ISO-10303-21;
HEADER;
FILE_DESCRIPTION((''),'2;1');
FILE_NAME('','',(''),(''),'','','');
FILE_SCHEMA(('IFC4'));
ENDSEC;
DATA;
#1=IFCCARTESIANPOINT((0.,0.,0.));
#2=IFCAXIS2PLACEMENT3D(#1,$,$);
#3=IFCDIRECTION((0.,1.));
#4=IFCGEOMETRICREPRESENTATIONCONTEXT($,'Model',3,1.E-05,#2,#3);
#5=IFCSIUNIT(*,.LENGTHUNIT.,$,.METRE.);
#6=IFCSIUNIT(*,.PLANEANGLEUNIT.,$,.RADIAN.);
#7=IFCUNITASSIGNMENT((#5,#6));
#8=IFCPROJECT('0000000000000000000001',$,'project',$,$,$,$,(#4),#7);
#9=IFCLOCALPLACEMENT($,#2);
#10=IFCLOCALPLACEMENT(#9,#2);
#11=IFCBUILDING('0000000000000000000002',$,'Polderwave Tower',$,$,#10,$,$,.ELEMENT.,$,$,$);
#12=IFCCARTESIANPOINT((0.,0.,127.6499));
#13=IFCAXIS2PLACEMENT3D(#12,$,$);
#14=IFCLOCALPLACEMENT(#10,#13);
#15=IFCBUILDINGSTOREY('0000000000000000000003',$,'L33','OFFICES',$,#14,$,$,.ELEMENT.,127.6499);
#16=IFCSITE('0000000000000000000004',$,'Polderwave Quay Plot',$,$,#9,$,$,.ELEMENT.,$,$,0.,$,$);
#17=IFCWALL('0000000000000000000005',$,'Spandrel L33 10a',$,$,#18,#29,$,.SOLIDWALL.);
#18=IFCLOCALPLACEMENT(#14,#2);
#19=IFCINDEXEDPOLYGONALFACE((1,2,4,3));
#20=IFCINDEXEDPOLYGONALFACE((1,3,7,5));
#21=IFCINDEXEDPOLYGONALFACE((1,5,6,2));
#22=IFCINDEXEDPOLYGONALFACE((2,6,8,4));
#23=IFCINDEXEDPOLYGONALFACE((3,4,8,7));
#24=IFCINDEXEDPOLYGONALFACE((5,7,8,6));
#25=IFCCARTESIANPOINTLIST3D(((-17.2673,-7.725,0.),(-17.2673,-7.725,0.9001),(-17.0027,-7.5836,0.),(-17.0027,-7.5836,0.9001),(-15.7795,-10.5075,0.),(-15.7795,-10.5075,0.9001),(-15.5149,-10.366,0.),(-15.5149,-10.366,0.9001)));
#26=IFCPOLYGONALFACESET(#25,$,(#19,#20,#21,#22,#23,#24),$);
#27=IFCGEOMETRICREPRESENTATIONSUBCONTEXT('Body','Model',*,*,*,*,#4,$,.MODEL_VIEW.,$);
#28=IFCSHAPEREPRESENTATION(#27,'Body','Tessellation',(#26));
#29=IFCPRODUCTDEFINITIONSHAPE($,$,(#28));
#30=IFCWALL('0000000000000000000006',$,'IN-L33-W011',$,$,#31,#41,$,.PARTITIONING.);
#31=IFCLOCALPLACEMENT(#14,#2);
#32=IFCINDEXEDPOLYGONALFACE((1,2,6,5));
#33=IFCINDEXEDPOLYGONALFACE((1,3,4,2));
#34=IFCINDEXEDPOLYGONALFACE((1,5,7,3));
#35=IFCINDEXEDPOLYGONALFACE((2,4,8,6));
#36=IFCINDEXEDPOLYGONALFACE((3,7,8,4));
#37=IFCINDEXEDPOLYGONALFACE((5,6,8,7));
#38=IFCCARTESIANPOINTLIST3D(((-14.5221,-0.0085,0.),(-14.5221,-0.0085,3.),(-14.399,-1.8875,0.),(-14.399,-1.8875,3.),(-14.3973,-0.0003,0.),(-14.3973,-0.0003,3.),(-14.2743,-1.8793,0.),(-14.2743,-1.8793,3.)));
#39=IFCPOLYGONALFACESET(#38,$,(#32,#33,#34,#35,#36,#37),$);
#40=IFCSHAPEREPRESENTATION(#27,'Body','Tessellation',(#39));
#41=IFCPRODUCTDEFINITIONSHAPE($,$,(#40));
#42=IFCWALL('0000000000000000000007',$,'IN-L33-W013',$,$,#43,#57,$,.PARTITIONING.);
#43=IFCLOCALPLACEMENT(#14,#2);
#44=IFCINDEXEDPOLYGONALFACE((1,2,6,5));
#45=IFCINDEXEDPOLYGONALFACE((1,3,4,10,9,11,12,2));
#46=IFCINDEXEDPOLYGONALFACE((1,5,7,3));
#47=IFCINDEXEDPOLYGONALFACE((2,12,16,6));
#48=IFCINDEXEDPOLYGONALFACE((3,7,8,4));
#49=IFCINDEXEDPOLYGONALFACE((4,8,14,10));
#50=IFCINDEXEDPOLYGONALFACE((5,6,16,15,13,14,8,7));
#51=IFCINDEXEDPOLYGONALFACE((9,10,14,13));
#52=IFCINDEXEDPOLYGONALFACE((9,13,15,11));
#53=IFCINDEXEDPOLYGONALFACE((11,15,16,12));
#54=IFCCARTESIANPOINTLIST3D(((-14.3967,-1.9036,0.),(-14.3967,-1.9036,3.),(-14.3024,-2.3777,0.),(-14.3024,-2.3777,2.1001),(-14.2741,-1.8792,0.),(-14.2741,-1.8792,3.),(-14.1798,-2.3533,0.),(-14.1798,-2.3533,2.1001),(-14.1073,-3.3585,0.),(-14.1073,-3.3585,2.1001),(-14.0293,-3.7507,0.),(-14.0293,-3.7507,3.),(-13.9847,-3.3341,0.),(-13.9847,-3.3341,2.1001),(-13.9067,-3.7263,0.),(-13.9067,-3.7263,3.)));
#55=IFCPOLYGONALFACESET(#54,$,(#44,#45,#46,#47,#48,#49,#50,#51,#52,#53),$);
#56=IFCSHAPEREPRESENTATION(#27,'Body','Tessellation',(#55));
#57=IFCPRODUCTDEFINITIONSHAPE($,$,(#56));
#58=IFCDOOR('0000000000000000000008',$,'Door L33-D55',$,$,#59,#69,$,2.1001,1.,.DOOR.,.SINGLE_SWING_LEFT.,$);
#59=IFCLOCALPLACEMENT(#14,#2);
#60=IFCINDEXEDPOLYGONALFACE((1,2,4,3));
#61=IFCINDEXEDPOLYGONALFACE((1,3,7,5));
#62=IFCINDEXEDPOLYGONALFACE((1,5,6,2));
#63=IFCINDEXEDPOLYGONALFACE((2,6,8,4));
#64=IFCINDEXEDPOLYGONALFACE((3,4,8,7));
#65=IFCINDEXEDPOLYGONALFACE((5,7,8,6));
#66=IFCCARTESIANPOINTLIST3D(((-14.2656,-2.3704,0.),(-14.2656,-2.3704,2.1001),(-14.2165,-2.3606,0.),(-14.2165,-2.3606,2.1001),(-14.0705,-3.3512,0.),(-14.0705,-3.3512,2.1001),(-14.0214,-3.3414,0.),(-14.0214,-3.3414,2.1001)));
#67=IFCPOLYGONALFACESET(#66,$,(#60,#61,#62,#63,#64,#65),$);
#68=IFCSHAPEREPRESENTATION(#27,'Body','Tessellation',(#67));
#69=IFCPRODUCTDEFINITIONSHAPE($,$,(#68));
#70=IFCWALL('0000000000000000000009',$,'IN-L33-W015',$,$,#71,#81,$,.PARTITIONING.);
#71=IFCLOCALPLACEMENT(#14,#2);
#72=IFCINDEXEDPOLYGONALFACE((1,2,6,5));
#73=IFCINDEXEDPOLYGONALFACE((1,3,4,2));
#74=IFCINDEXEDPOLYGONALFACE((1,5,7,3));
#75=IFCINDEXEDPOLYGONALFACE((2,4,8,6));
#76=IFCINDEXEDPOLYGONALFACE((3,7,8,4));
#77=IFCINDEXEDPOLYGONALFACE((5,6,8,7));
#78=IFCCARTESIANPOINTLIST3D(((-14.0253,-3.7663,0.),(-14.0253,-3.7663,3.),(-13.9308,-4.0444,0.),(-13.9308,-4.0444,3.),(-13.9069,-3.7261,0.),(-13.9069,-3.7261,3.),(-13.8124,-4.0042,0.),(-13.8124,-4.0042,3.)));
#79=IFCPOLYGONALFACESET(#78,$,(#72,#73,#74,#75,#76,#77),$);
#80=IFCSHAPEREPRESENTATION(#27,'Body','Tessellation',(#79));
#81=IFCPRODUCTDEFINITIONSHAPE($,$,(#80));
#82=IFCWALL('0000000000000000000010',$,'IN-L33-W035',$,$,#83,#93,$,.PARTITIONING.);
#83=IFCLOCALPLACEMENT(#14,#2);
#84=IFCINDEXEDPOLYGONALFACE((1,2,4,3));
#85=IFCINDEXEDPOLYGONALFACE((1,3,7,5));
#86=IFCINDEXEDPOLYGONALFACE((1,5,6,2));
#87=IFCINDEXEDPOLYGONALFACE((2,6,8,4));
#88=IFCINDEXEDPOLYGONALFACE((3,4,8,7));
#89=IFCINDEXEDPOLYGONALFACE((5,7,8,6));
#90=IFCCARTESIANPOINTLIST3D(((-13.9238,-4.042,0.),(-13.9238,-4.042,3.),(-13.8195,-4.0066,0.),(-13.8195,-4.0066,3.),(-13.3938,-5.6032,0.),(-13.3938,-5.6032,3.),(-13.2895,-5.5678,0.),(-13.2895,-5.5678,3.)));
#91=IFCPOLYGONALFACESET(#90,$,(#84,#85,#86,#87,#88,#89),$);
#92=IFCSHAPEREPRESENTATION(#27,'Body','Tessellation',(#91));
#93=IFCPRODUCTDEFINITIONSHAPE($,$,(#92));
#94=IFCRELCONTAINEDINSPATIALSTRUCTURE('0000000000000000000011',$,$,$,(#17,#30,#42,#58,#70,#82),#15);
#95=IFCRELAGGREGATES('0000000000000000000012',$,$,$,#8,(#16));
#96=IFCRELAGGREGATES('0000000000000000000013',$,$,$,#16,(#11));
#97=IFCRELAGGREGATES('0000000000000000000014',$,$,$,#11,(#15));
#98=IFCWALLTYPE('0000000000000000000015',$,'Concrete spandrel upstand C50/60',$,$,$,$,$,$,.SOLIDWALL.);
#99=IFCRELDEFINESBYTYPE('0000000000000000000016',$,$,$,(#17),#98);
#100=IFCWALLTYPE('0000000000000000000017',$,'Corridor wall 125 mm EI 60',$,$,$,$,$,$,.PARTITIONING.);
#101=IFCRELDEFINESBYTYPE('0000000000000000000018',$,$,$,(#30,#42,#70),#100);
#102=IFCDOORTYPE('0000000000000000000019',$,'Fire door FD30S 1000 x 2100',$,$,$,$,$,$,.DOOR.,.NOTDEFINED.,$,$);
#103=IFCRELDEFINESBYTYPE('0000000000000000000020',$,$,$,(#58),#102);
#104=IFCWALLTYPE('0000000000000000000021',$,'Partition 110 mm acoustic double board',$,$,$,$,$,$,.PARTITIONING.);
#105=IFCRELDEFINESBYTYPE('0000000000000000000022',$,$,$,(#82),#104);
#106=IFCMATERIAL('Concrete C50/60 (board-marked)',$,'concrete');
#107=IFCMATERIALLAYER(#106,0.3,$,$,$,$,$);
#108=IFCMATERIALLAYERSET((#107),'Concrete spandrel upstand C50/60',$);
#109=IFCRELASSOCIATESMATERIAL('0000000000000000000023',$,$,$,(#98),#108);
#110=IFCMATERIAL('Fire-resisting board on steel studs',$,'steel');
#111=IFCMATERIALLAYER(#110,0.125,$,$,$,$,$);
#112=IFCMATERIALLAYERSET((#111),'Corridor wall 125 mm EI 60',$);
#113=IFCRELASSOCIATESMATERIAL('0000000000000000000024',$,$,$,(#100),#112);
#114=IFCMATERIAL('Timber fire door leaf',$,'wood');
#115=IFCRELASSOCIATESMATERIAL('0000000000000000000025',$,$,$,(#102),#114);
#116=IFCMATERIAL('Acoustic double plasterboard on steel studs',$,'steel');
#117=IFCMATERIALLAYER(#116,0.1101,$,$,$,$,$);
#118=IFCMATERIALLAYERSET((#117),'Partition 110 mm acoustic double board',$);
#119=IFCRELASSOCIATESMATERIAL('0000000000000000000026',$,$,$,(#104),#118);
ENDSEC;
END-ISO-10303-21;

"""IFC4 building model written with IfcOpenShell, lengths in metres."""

from ifc_helpers import new_model, si_unit, direction, frame, frame_2d, origin, place, context, subcontext, project, spatial, rectangle, extrude, material, layer, layer_set, type_object, element, fill, save


model = new_model("IFC4")

# Units and contexts
model_context = context("Model", 3, precision=1e-05, world=origin(), true_north=direction((0.0, 1.0)))
body_context = subcontext(model_context, "Body", "Model", "MODEL_VIEW")
ifc_project = project(units=[si_unit("LENGTHUNIT", "METRE"), si_unit("PLANEANGLEUNIT", "RADIAN")], contexts=[model_context])

# Site, building, storey
site_placement = place(None, origin())
site = spatial("IfcSite", under=ifc_project, at=site_placement, Name="Polderwave Quay Plot", CompositionType="ELEMENT", RefElevation=0.0)
building_placement = place(site_placement, origin())
building = spatial("IfcBuilding", under=site, at=building_placement, Name="Polderwave Tower", CompositionType="ELEMENT")
storey_placement = place(building_placement, frame((0.0, 0.0, 127.6499)))
storey = spatial("IfcBuildingStorey", under=building, at=storey_placement, Name="L33", Description="OFFICES", CompositionType="ELEMENT", Elevation=127.6499)

# Walls
ifc_material_1 = material(Name="Concrete C50/60 (board-marked)", Category="concrete")
ifc_layer_1 = layer(ifc_material_1, 0.3)
ifc_layer_set_1 = layer_set([ifc_layer_1], Name="Concrete spandrel upstand C50/60")
wall_type_1 = type_object("IfcWallType", Name="Concrete spandrel upstand C50/60", PredefinedType="SOLIDWALL", material=ifc_layer_set_1)
wall_1_placement = place(storey_placement, frame((-17.135, -7.6543, 0.0), z_axis=(0.0, 0.0, 1.0), x_axis=(0.471528, -0.881851, 0.0)))
element("IfcWall", 1, at=wall_1_placement, inside=storey, type_object=wall_type_1, Name="Spandrel L33 10a", PredefinedType="SOLIDWALL", context=body_context, shape_type="SweptSolid", body=[
    extrude(rectangle(XDim=3.1553, YDim=0.3, at=frame_2d((1.5776, 0.0))), origin(), (0.0, 0.0, 1.0), 0.9001),
])
ifc_material_2 = material(Name="Fire-resisting board on steel studs", Category="steel")
ifc_layer_2 = layer(ifc_material_2, 0.125)
ifc_layer_set_2 = layer_set([ifc_layer_2], Name="Corridor wall 125 mm EI 60")
wall_type_2 = type_object("IfcWallType", Name="Corridor wall 125 mm EI 60", PredefinedType="PARTITIONING", material=ifc_layer_set_2)
wall_2_placement = place(storey_placement, frame((-14.3367, -1.8833, 0.0), z_axis=(0.0, 0.0, 1.0), x_axis=(-0.06534, 0.997863, 0.0)))
element("IfcWall", 2, at=wall_2_placement, inside=storey, type_object=wall_type_2, Name="IN-L33-W011", PredefinedType="PARTITIONING", context=body_context, shape_type="SweptSolid", body=[
    extrude(rectangle(XDim=1.8831, YDim=0.125, at=frame_2d((0.9414, 0.0))), origin(), (0.0, 0.0, 1.0), 3.0),
])

# Wall, opening, door
wall_3_placement = place(storey_placement, frame((-13.968, -3.7385, 0.0), z_axis=(0.0, 0.0, 1.0), x_axis=(-0.195094, 0.980785, 0.0)))
wall_3 = element("IfcWall", 3, at=wall_3_placement, inside=storey, type_object=wall_type_2, Name="IN-L33-W013", PredefinedType="PARTITIONING", context=body_context, shape_type="SweptSolid", body=[
    extrude(rectangle(XDim=1.8833, YDim=0.125, at=frame_2d((0.9417, 0.0))), origin(), (0.0, 0.0, 1.0), 3.0),
])
opening_placement = place(wall_3_placement, frame((0.3999, 0.0, 0.0)))
opening = element("IfcOpeningElement", 4, at=opening_placement, cuts=wall_3, PredefinedType="OPENING", context=body_context, shape_type="SweptSolid", body=[
    extrude(rectangle(XDim=1.0, YDim=2.1001, at=frame_2d((0.5, 1.05))), frame((0.0, 0.0725, 0.0), z_axis=(0.0, -1.0, 0.0), x_axis=(1.0, 0.0, 0.0)), (0.0, 0.0, 1.0), 0.145),
])
ifc_material_3 = material(Name="Timber fire door leaf", Category="wood")
door_type = type_object("IfcDoorType", Name="Fire door FD30S 1000 x 2100", OperationType="NOTDEFINED", PredefinedType="DOOR", material=ifc_material_3)
door_placement = place(opening_placement, origin())
door = element("IfcDoor", 5, at=door_placement, inside=storey, type_object=door_type, Name="Door L33-D55", OperationType="SINGLE_SWING_LEFT", OverallHeight=2.1001, OverallWidth=1.0, PredefinedType="DOOR", context=body_context, shape_type="SweptSolid", body=[
    extrude(rectangle(XDim=1.0, YDim=2.1001, at=frame_2d((0.5, 1.05))), frame((0.0, 0.0249, 0.0), z_axis=(0.0, -1.0, 0.0), x_axis=(1.0, 0.0, 0.0)), (0.0, 0.0, 1.0), 0.05),
])
fill(opening, door)

# Walls
wall_4_placement = place(storey_placement, frame((-13.8716, -4.0244, 0.0), z_axis=(0.0, 0.0, 1.0), x_axis=(-0.321709, 0.946839, 0.0)))
element("IfcWall", 6, at=wall_4_placement, inside=storey, type_object=wall_type_2, Name="IN-L33-W015", PredefinedType="PARTITIONING", context=body_context, shape_type="SweptSolid", body=[
    extrude(rectangle(XDim=0.2937, YDim=0.125, at=frame_2d((0.147, 0.0))), origin(), (0.0, 0.0, 1.0), 3.0),
])
ifc_material_4 = material(Name="Acoustic double plasterboard on steel studs", Category="steel")
ifc_layer_3 = layer(ifc_material_4, 0.1101)
ifc_layer_set_3 = layer_set([ifc_layer_3], Name="Partition 110 mm acoustic double board")
wall_type_3 = type_object("IfcWallType", Name="Partition 110 mm acoustic double board", PredefinedType="PARTITIONING", material=ifc_layer_set_3)
wall_5_placement = place(storey_placement, frame((-13.8716, -4.0244, 0.0), z_axis=(0.0, 0.0, 1.0), x_axis=(0.321465, -0.946922, 0.0)))
element("IfcWall", 7, at=wall_5_placement, inside=storey, type_object=wall_type_3, Name="IN-L33-W035", PredefinedType="PARTITIONING", context=body_context, shape_type="SweptSolid", body=[
    extrude(rectangle(XDim=1.6487, YDim=0.1101, at=frame_2d((0.8242, 0.0))), origin(), (0.0, 0.0, 1.0), 3.0),
])

save(model, "model.ifc")
